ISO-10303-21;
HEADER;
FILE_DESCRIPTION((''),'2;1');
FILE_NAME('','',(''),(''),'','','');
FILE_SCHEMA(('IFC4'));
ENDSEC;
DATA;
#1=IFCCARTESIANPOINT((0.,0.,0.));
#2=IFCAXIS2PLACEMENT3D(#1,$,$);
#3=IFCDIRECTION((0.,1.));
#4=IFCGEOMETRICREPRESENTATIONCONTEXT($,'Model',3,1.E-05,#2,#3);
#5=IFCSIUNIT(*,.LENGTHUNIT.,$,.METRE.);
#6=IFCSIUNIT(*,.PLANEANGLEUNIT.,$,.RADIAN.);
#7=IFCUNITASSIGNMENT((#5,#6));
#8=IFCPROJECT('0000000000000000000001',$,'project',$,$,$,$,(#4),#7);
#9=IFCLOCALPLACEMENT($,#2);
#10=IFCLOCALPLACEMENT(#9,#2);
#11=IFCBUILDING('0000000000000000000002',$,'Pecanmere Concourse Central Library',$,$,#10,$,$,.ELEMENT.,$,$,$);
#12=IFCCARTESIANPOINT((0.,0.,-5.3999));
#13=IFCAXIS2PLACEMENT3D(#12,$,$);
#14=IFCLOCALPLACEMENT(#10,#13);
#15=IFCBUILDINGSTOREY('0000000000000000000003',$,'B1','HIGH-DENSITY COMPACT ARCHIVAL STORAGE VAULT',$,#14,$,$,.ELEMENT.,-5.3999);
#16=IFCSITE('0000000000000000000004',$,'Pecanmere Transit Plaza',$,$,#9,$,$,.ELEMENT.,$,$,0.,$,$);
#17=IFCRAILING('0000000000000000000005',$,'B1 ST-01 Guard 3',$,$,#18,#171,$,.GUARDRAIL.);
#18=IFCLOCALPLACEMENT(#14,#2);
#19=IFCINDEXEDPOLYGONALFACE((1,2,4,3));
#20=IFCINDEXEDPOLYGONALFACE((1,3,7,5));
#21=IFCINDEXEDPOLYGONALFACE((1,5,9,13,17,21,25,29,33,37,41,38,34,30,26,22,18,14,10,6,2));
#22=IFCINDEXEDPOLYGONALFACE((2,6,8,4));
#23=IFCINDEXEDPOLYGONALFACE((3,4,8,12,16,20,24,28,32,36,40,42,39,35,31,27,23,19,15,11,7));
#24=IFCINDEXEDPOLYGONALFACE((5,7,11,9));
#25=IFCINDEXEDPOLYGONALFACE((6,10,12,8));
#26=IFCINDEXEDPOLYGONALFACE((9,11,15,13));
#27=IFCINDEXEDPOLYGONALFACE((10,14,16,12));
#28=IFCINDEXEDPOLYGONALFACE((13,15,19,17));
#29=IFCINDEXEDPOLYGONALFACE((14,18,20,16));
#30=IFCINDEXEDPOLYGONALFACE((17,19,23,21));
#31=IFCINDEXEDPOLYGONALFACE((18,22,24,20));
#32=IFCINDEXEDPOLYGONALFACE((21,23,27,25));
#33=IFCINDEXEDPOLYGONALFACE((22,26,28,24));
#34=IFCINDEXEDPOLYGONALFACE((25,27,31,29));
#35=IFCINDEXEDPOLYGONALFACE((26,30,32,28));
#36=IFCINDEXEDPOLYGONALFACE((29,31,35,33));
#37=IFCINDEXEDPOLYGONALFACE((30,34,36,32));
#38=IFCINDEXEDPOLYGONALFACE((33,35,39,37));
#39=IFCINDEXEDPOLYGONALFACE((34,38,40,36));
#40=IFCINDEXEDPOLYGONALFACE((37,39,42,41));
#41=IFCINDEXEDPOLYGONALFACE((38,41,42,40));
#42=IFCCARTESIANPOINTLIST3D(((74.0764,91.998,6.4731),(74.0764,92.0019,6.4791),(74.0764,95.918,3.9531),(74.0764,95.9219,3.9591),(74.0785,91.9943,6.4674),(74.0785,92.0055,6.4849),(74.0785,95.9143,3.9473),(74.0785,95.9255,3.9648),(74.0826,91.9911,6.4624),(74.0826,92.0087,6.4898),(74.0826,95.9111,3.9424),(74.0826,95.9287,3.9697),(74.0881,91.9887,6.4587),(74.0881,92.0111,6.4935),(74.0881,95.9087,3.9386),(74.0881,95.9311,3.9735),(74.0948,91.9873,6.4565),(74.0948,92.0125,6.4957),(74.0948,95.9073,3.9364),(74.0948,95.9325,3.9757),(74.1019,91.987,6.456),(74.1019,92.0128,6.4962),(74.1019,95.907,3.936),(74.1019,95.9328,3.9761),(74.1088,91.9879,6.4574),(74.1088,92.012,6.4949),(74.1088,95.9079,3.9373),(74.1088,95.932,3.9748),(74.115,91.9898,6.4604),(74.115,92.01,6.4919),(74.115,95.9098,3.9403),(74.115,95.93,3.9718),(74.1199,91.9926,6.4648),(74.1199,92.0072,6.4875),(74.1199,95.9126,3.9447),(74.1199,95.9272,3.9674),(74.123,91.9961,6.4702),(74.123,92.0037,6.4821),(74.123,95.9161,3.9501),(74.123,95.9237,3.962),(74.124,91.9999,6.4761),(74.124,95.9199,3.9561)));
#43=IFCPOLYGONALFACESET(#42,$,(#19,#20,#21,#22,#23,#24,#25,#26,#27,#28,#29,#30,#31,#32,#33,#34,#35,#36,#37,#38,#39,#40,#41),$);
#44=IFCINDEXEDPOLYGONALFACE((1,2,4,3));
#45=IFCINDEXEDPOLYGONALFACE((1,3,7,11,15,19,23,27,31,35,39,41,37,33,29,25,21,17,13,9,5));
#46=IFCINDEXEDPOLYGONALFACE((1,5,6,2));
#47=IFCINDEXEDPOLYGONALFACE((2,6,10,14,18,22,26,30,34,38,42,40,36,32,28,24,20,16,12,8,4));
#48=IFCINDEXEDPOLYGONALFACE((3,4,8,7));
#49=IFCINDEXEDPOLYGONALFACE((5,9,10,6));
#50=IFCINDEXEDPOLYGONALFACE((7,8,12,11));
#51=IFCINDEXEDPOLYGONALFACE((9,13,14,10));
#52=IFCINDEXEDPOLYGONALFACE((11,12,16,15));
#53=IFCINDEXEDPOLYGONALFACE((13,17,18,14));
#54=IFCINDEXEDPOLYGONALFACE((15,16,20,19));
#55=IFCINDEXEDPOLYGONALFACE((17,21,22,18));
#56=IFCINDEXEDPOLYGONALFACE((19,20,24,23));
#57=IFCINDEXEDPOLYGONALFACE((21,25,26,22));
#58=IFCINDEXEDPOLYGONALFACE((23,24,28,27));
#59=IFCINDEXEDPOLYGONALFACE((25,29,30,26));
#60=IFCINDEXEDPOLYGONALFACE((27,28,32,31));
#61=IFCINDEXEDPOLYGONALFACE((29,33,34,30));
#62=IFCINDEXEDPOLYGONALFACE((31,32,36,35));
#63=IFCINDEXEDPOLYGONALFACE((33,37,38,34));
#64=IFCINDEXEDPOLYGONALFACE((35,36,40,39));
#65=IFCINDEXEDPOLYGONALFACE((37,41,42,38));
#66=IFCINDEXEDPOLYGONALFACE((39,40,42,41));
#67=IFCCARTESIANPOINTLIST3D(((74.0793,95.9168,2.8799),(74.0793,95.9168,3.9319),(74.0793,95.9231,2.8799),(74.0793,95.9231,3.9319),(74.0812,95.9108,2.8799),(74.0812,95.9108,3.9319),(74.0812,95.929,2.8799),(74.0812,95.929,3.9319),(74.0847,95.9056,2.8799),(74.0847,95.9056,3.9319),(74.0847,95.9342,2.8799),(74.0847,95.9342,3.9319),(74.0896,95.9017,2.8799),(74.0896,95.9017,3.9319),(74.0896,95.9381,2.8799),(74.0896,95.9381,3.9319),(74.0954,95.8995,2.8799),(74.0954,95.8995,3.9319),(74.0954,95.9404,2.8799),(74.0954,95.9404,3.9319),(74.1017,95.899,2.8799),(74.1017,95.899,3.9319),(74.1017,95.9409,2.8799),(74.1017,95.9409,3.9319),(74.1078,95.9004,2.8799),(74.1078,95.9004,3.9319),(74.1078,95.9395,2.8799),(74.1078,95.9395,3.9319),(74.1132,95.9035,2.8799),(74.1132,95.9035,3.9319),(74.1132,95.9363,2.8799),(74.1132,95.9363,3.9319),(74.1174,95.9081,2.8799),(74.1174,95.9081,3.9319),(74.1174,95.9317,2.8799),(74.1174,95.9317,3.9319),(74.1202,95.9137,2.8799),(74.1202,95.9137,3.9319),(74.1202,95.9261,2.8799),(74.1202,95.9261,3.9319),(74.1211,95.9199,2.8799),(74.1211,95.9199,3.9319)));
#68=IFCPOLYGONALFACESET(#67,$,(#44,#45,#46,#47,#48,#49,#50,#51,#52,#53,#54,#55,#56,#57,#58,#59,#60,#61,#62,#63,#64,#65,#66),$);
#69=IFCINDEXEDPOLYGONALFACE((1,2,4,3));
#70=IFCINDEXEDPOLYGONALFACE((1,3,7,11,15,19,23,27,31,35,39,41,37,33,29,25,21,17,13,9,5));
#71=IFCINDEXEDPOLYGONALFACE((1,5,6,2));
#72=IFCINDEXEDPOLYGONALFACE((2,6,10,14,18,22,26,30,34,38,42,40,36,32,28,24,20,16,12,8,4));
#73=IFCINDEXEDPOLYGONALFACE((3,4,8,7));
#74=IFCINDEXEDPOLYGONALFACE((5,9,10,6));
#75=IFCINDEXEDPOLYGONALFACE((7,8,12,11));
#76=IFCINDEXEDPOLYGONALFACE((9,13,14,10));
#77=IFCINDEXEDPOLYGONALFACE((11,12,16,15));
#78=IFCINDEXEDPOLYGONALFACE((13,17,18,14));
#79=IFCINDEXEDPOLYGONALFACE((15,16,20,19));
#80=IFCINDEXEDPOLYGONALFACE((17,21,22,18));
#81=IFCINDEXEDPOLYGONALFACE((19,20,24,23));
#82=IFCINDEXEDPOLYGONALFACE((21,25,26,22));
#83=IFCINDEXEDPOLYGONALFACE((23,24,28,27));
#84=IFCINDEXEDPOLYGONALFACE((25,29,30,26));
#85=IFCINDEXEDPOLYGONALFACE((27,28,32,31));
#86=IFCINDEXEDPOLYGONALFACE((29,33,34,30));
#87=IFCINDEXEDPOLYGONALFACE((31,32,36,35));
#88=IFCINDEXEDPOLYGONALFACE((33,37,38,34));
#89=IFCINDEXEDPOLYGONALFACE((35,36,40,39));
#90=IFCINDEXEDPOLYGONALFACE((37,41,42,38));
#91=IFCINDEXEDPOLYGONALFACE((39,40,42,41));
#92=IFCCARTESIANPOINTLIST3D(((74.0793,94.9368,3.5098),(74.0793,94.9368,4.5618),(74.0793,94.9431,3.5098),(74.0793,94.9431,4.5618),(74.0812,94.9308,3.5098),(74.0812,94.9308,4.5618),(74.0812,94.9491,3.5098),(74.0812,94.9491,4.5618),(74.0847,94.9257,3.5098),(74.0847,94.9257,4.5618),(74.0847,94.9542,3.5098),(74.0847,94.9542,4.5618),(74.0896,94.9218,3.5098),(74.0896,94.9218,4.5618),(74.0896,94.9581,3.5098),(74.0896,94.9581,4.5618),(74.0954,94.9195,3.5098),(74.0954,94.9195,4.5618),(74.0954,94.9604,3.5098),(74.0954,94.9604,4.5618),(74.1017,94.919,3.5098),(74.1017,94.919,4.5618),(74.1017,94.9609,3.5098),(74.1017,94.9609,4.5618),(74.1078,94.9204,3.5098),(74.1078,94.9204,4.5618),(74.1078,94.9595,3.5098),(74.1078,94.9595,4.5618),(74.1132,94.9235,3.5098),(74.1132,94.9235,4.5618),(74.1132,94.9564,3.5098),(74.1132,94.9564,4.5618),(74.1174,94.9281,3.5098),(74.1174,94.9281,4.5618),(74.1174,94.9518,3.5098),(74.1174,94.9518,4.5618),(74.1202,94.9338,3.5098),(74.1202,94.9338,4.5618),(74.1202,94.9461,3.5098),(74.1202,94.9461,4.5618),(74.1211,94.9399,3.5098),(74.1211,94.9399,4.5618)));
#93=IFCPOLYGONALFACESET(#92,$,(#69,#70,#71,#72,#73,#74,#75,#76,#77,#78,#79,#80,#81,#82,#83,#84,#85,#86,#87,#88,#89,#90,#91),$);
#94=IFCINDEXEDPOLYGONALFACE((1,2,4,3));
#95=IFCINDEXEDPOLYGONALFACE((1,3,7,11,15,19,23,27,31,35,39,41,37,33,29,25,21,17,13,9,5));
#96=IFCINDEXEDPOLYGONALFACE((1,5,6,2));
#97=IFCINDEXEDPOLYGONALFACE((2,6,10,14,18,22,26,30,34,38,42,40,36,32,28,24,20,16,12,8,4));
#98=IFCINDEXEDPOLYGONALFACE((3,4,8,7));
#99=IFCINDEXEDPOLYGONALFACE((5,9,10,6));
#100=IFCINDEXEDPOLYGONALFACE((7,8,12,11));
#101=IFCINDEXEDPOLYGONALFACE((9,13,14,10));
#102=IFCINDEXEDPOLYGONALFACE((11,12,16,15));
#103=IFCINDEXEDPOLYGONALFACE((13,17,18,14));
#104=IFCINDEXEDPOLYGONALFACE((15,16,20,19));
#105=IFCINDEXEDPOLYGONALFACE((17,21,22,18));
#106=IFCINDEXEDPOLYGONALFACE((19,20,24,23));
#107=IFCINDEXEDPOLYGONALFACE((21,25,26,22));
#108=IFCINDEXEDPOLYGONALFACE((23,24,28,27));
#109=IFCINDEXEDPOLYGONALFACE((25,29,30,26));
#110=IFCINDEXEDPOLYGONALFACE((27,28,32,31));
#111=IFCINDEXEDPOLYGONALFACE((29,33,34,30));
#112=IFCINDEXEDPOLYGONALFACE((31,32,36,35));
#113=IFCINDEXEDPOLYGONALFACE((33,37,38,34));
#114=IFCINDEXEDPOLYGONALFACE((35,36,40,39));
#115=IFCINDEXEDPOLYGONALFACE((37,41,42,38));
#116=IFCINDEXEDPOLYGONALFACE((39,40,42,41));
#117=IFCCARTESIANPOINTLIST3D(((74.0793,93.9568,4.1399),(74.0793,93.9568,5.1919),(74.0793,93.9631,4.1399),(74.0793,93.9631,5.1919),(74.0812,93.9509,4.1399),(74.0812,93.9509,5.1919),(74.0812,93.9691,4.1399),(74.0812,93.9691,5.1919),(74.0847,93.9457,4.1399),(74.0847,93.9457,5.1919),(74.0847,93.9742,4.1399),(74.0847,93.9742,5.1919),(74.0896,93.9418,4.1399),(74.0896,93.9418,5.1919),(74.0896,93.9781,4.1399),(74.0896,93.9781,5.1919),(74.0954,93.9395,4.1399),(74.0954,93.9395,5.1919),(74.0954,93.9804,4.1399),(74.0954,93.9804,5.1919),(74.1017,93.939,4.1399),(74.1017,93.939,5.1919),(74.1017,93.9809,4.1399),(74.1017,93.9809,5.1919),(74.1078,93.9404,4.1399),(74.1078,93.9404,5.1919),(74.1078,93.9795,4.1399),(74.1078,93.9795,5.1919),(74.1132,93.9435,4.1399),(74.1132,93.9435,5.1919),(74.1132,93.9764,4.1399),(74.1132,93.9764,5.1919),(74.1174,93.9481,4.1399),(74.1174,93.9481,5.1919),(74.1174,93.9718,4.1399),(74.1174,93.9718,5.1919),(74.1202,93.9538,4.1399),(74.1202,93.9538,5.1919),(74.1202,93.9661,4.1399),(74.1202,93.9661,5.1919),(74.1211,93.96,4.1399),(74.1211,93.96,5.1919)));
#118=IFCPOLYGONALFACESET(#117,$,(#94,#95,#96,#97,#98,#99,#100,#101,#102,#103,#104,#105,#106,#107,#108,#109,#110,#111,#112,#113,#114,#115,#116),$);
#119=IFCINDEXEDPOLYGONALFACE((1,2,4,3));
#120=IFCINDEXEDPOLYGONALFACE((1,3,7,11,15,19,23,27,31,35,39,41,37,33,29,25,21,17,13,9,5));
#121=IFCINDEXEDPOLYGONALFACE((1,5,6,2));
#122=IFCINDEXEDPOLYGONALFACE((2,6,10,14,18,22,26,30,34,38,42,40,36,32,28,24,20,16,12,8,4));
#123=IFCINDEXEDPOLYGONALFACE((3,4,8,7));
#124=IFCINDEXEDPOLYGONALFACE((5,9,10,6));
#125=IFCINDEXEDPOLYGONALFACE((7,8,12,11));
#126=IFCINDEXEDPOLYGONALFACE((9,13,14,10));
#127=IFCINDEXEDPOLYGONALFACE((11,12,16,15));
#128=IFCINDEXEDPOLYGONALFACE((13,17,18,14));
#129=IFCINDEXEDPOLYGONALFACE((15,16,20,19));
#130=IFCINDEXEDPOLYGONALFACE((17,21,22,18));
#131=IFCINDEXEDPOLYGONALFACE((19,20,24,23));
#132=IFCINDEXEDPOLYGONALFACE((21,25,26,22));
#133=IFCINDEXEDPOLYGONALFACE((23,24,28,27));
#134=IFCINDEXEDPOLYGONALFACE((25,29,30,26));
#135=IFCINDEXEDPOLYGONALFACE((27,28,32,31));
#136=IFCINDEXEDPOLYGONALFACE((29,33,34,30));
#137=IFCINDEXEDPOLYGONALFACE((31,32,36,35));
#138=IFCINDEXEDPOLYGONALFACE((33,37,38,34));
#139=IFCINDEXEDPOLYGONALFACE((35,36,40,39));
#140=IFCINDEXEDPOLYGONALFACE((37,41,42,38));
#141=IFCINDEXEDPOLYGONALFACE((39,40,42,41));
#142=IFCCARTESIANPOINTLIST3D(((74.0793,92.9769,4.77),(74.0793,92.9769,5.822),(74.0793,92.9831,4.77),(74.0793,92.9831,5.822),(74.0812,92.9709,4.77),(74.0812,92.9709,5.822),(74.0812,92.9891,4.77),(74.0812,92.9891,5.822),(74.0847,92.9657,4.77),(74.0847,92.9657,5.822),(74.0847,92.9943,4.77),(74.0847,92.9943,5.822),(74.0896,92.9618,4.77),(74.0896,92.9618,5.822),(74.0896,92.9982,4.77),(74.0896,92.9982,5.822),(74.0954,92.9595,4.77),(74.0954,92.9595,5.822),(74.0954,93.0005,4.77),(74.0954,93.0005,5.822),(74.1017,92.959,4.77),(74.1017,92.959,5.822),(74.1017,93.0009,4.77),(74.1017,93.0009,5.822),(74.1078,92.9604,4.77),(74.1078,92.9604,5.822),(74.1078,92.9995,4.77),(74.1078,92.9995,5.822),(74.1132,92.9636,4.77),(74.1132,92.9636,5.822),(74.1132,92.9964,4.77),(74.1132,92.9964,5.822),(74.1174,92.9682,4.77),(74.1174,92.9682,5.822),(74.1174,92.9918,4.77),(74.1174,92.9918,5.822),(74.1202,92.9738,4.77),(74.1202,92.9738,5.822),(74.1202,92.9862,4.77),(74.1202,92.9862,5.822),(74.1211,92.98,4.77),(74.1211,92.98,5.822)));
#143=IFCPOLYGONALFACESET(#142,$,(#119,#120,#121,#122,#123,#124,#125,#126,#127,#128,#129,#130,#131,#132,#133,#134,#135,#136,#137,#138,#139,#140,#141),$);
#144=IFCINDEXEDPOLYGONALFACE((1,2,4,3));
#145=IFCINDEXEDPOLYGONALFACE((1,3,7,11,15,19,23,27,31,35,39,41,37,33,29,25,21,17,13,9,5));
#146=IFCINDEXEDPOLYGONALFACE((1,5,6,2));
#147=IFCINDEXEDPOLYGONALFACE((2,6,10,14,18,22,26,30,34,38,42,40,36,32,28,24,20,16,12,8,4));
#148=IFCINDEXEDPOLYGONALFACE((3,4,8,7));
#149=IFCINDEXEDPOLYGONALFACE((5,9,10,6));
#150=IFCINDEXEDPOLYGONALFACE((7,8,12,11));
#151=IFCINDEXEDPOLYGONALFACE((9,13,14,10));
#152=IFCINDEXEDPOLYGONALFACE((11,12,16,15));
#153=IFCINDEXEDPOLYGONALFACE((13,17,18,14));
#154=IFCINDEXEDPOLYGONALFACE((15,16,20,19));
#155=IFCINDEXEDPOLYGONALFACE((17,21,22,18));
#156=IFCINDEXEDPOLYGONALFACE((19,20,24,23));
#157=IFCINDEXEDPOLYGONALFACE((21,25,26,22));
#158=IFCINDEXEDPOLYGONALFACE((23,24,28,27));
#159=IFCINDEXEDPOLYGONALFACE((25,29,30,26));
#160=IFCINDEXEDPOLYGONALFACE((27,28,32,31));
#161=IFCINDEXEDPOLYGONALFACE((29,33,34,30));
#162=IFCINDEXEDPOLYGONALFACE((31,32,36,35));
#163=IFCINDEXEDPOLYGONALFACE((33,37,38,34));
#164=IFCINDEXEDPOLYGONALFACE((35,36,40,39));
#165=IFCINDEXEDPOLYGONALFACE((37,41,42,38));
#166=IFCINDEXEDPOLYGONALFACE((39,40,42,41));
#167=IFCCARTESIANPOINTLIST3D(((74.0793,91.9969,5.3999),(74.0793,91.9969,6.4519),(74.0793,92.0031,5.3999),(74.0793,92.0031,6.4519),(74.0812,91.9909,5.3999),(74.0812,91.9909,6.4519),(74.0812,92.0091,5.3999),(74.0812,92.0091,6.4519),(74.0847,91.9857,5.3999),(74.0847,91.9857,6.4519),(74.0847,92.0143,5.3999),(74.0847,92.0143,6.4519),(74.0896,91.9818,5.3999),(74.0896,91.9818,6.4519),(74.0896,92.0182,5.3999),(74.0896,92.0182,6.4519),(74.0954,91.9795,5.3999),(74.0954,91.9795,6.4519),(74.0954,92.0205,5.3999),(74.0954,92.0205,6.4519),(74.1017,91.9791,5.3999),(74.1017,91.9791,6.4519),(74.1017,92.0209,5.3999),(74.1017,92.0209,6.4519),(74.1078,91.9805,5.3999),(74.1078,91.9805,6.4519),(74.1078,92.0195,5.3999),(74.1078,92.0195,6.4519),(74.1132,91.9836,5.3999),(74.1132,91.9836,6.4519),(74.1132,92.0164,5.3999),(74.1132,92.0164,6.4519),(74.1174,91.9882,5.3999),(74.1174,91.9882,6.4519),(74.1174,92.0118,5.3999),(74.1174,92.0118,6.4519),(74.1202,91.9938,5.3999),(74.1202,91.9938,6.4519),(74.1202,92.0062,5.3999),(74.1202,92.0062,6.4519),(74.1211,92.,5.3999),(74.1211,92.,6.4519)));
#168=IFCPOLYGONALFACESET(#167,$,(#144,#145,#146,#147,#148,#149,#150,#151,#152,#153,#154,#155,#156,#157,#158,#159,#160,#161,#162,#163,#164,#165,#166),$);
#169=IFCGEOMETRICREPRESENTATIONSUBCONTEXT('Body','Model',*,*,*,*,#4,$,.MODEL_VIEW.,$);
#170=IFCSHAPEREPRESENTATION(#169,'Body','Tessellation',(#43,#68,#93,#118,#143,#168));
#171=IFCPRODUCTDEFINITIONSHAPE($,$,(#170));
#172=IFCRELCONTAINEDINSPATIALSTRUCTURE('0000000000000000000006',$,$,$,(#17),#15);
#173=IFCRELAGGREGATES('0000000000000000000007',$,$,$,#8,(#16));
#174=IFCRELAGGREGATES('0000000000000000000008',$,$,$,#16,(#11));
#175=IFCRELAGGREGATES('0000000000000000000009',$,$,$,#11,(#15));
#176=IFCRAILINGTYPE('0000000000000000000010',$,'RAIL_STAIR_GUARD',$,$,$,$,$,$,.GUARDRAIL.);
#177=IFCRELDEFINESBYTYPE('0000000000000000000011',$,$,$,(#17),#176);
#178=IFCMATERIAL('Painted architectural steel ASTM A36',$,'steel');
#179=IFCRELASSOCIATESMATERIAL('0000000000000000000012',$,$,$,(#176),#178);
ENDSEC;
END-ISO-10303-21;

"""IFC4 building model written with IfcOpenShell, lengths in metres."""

from ifc_helpers import new_model, si_unit, direction, frame, origin, origin_2d, place, context, subcontext, project, spatial, circle, extrude, material, type_object, element, save


model = new_model("IFC4")

# Units and contexts
model_context = context("Model", 3, precision=1e-05, world=origin(), true_north=direction((0.0, 1.0)))
body_context = subcontext(model_context, "Body", "Model", "MODEL_VIEW")
ifc_project = project(units=[si_unit("LENGTHUNIT", "METRE"), si_unit("PLANEANGLEUNIT", "RADIAN")], contexts=[model_context])

# Site, building, storey
site_placement = place(None, origin())
site = spatial("IfcSite", under=ifc_project, at=site_placement, Name="Pecanmere Transit Plaza", CompositionType="ELEMENT", RefElevation=0.0)
building_placement = place(site_placement, origin())
building = spatial("IfcBuilding", under=site, at=building_placement, Name="Pecanmere Concourse Central Library", CompositionType="ELEMENT")
storey_placement = place(building_placement, frame((0.0, 0.0, -5.3999)))
storey = spatial("IfcBuildingStorey", under=building, at=storey_placement, Name="B1", Description="HIGH-DENSITY COMPACT ARCHIVAL STORAGE VAULT", CompositionType="ELEMENT", Elevation=-5.3999)

# Railing
ifc_material_1 = material(Name="Painted architectural steel ASTM A36", Category="steel")
railing_type_1 = type_object("IfcRailingType", Name="RAIL_STAIR_GUARD", PredefinedType="GUARDRAIL", material=ifc_material_1)
railing_1_placement = place(storey_placement, frame((74.1001, 95.9199, 2.8799)))
element("IfcRailing", 1, at=railing_1_placement, inside=storey, type_object=railing_type_1, Name="B1 ST-01 Guard 3", PredefinedType="GUARDRAIL", context=body_context, shape_type="SweptSolid", body=[
    extrude(circle(Radius=0.0239, at=origin_2d()), frame((0.0, 0.0, 1.0762), z_axis=(0.0, -0.841172, 0.540768), x_axis=(1.0, 0.0, 0.0)), (0.0, 0.0, 1.0), 4.6602),
    extrude(circle(Radius=0.021, at=origin_2d()), origin(), (0.0, 0.0, 1.0), 1.052),
    extrude(circle(Radius=0.021, at=origin_2d()), frame((0.0, -0.98, 0.6299)), (0.0, 0.0, 1.0), 1.052),
    extrude(circle(Radius=0.021, at=origin_2d()), frame((0.0, -1.96, 1.26)), (0.0, 0.0, 1.0), 1.052),
    extrude(circle(Radius=0.021, at=origin_2d()), frame((0.0, -2.9399, 1.8901)), (0.0, 0.0, 1.0), 1.052),
    extrude(circle(Radius=0.021, at=origin_2d()), frame((0.0, -3.9199, 2.52)), (0.0, 0.0, 1.0), 1.052),
])

save(model, "model.ifc")
